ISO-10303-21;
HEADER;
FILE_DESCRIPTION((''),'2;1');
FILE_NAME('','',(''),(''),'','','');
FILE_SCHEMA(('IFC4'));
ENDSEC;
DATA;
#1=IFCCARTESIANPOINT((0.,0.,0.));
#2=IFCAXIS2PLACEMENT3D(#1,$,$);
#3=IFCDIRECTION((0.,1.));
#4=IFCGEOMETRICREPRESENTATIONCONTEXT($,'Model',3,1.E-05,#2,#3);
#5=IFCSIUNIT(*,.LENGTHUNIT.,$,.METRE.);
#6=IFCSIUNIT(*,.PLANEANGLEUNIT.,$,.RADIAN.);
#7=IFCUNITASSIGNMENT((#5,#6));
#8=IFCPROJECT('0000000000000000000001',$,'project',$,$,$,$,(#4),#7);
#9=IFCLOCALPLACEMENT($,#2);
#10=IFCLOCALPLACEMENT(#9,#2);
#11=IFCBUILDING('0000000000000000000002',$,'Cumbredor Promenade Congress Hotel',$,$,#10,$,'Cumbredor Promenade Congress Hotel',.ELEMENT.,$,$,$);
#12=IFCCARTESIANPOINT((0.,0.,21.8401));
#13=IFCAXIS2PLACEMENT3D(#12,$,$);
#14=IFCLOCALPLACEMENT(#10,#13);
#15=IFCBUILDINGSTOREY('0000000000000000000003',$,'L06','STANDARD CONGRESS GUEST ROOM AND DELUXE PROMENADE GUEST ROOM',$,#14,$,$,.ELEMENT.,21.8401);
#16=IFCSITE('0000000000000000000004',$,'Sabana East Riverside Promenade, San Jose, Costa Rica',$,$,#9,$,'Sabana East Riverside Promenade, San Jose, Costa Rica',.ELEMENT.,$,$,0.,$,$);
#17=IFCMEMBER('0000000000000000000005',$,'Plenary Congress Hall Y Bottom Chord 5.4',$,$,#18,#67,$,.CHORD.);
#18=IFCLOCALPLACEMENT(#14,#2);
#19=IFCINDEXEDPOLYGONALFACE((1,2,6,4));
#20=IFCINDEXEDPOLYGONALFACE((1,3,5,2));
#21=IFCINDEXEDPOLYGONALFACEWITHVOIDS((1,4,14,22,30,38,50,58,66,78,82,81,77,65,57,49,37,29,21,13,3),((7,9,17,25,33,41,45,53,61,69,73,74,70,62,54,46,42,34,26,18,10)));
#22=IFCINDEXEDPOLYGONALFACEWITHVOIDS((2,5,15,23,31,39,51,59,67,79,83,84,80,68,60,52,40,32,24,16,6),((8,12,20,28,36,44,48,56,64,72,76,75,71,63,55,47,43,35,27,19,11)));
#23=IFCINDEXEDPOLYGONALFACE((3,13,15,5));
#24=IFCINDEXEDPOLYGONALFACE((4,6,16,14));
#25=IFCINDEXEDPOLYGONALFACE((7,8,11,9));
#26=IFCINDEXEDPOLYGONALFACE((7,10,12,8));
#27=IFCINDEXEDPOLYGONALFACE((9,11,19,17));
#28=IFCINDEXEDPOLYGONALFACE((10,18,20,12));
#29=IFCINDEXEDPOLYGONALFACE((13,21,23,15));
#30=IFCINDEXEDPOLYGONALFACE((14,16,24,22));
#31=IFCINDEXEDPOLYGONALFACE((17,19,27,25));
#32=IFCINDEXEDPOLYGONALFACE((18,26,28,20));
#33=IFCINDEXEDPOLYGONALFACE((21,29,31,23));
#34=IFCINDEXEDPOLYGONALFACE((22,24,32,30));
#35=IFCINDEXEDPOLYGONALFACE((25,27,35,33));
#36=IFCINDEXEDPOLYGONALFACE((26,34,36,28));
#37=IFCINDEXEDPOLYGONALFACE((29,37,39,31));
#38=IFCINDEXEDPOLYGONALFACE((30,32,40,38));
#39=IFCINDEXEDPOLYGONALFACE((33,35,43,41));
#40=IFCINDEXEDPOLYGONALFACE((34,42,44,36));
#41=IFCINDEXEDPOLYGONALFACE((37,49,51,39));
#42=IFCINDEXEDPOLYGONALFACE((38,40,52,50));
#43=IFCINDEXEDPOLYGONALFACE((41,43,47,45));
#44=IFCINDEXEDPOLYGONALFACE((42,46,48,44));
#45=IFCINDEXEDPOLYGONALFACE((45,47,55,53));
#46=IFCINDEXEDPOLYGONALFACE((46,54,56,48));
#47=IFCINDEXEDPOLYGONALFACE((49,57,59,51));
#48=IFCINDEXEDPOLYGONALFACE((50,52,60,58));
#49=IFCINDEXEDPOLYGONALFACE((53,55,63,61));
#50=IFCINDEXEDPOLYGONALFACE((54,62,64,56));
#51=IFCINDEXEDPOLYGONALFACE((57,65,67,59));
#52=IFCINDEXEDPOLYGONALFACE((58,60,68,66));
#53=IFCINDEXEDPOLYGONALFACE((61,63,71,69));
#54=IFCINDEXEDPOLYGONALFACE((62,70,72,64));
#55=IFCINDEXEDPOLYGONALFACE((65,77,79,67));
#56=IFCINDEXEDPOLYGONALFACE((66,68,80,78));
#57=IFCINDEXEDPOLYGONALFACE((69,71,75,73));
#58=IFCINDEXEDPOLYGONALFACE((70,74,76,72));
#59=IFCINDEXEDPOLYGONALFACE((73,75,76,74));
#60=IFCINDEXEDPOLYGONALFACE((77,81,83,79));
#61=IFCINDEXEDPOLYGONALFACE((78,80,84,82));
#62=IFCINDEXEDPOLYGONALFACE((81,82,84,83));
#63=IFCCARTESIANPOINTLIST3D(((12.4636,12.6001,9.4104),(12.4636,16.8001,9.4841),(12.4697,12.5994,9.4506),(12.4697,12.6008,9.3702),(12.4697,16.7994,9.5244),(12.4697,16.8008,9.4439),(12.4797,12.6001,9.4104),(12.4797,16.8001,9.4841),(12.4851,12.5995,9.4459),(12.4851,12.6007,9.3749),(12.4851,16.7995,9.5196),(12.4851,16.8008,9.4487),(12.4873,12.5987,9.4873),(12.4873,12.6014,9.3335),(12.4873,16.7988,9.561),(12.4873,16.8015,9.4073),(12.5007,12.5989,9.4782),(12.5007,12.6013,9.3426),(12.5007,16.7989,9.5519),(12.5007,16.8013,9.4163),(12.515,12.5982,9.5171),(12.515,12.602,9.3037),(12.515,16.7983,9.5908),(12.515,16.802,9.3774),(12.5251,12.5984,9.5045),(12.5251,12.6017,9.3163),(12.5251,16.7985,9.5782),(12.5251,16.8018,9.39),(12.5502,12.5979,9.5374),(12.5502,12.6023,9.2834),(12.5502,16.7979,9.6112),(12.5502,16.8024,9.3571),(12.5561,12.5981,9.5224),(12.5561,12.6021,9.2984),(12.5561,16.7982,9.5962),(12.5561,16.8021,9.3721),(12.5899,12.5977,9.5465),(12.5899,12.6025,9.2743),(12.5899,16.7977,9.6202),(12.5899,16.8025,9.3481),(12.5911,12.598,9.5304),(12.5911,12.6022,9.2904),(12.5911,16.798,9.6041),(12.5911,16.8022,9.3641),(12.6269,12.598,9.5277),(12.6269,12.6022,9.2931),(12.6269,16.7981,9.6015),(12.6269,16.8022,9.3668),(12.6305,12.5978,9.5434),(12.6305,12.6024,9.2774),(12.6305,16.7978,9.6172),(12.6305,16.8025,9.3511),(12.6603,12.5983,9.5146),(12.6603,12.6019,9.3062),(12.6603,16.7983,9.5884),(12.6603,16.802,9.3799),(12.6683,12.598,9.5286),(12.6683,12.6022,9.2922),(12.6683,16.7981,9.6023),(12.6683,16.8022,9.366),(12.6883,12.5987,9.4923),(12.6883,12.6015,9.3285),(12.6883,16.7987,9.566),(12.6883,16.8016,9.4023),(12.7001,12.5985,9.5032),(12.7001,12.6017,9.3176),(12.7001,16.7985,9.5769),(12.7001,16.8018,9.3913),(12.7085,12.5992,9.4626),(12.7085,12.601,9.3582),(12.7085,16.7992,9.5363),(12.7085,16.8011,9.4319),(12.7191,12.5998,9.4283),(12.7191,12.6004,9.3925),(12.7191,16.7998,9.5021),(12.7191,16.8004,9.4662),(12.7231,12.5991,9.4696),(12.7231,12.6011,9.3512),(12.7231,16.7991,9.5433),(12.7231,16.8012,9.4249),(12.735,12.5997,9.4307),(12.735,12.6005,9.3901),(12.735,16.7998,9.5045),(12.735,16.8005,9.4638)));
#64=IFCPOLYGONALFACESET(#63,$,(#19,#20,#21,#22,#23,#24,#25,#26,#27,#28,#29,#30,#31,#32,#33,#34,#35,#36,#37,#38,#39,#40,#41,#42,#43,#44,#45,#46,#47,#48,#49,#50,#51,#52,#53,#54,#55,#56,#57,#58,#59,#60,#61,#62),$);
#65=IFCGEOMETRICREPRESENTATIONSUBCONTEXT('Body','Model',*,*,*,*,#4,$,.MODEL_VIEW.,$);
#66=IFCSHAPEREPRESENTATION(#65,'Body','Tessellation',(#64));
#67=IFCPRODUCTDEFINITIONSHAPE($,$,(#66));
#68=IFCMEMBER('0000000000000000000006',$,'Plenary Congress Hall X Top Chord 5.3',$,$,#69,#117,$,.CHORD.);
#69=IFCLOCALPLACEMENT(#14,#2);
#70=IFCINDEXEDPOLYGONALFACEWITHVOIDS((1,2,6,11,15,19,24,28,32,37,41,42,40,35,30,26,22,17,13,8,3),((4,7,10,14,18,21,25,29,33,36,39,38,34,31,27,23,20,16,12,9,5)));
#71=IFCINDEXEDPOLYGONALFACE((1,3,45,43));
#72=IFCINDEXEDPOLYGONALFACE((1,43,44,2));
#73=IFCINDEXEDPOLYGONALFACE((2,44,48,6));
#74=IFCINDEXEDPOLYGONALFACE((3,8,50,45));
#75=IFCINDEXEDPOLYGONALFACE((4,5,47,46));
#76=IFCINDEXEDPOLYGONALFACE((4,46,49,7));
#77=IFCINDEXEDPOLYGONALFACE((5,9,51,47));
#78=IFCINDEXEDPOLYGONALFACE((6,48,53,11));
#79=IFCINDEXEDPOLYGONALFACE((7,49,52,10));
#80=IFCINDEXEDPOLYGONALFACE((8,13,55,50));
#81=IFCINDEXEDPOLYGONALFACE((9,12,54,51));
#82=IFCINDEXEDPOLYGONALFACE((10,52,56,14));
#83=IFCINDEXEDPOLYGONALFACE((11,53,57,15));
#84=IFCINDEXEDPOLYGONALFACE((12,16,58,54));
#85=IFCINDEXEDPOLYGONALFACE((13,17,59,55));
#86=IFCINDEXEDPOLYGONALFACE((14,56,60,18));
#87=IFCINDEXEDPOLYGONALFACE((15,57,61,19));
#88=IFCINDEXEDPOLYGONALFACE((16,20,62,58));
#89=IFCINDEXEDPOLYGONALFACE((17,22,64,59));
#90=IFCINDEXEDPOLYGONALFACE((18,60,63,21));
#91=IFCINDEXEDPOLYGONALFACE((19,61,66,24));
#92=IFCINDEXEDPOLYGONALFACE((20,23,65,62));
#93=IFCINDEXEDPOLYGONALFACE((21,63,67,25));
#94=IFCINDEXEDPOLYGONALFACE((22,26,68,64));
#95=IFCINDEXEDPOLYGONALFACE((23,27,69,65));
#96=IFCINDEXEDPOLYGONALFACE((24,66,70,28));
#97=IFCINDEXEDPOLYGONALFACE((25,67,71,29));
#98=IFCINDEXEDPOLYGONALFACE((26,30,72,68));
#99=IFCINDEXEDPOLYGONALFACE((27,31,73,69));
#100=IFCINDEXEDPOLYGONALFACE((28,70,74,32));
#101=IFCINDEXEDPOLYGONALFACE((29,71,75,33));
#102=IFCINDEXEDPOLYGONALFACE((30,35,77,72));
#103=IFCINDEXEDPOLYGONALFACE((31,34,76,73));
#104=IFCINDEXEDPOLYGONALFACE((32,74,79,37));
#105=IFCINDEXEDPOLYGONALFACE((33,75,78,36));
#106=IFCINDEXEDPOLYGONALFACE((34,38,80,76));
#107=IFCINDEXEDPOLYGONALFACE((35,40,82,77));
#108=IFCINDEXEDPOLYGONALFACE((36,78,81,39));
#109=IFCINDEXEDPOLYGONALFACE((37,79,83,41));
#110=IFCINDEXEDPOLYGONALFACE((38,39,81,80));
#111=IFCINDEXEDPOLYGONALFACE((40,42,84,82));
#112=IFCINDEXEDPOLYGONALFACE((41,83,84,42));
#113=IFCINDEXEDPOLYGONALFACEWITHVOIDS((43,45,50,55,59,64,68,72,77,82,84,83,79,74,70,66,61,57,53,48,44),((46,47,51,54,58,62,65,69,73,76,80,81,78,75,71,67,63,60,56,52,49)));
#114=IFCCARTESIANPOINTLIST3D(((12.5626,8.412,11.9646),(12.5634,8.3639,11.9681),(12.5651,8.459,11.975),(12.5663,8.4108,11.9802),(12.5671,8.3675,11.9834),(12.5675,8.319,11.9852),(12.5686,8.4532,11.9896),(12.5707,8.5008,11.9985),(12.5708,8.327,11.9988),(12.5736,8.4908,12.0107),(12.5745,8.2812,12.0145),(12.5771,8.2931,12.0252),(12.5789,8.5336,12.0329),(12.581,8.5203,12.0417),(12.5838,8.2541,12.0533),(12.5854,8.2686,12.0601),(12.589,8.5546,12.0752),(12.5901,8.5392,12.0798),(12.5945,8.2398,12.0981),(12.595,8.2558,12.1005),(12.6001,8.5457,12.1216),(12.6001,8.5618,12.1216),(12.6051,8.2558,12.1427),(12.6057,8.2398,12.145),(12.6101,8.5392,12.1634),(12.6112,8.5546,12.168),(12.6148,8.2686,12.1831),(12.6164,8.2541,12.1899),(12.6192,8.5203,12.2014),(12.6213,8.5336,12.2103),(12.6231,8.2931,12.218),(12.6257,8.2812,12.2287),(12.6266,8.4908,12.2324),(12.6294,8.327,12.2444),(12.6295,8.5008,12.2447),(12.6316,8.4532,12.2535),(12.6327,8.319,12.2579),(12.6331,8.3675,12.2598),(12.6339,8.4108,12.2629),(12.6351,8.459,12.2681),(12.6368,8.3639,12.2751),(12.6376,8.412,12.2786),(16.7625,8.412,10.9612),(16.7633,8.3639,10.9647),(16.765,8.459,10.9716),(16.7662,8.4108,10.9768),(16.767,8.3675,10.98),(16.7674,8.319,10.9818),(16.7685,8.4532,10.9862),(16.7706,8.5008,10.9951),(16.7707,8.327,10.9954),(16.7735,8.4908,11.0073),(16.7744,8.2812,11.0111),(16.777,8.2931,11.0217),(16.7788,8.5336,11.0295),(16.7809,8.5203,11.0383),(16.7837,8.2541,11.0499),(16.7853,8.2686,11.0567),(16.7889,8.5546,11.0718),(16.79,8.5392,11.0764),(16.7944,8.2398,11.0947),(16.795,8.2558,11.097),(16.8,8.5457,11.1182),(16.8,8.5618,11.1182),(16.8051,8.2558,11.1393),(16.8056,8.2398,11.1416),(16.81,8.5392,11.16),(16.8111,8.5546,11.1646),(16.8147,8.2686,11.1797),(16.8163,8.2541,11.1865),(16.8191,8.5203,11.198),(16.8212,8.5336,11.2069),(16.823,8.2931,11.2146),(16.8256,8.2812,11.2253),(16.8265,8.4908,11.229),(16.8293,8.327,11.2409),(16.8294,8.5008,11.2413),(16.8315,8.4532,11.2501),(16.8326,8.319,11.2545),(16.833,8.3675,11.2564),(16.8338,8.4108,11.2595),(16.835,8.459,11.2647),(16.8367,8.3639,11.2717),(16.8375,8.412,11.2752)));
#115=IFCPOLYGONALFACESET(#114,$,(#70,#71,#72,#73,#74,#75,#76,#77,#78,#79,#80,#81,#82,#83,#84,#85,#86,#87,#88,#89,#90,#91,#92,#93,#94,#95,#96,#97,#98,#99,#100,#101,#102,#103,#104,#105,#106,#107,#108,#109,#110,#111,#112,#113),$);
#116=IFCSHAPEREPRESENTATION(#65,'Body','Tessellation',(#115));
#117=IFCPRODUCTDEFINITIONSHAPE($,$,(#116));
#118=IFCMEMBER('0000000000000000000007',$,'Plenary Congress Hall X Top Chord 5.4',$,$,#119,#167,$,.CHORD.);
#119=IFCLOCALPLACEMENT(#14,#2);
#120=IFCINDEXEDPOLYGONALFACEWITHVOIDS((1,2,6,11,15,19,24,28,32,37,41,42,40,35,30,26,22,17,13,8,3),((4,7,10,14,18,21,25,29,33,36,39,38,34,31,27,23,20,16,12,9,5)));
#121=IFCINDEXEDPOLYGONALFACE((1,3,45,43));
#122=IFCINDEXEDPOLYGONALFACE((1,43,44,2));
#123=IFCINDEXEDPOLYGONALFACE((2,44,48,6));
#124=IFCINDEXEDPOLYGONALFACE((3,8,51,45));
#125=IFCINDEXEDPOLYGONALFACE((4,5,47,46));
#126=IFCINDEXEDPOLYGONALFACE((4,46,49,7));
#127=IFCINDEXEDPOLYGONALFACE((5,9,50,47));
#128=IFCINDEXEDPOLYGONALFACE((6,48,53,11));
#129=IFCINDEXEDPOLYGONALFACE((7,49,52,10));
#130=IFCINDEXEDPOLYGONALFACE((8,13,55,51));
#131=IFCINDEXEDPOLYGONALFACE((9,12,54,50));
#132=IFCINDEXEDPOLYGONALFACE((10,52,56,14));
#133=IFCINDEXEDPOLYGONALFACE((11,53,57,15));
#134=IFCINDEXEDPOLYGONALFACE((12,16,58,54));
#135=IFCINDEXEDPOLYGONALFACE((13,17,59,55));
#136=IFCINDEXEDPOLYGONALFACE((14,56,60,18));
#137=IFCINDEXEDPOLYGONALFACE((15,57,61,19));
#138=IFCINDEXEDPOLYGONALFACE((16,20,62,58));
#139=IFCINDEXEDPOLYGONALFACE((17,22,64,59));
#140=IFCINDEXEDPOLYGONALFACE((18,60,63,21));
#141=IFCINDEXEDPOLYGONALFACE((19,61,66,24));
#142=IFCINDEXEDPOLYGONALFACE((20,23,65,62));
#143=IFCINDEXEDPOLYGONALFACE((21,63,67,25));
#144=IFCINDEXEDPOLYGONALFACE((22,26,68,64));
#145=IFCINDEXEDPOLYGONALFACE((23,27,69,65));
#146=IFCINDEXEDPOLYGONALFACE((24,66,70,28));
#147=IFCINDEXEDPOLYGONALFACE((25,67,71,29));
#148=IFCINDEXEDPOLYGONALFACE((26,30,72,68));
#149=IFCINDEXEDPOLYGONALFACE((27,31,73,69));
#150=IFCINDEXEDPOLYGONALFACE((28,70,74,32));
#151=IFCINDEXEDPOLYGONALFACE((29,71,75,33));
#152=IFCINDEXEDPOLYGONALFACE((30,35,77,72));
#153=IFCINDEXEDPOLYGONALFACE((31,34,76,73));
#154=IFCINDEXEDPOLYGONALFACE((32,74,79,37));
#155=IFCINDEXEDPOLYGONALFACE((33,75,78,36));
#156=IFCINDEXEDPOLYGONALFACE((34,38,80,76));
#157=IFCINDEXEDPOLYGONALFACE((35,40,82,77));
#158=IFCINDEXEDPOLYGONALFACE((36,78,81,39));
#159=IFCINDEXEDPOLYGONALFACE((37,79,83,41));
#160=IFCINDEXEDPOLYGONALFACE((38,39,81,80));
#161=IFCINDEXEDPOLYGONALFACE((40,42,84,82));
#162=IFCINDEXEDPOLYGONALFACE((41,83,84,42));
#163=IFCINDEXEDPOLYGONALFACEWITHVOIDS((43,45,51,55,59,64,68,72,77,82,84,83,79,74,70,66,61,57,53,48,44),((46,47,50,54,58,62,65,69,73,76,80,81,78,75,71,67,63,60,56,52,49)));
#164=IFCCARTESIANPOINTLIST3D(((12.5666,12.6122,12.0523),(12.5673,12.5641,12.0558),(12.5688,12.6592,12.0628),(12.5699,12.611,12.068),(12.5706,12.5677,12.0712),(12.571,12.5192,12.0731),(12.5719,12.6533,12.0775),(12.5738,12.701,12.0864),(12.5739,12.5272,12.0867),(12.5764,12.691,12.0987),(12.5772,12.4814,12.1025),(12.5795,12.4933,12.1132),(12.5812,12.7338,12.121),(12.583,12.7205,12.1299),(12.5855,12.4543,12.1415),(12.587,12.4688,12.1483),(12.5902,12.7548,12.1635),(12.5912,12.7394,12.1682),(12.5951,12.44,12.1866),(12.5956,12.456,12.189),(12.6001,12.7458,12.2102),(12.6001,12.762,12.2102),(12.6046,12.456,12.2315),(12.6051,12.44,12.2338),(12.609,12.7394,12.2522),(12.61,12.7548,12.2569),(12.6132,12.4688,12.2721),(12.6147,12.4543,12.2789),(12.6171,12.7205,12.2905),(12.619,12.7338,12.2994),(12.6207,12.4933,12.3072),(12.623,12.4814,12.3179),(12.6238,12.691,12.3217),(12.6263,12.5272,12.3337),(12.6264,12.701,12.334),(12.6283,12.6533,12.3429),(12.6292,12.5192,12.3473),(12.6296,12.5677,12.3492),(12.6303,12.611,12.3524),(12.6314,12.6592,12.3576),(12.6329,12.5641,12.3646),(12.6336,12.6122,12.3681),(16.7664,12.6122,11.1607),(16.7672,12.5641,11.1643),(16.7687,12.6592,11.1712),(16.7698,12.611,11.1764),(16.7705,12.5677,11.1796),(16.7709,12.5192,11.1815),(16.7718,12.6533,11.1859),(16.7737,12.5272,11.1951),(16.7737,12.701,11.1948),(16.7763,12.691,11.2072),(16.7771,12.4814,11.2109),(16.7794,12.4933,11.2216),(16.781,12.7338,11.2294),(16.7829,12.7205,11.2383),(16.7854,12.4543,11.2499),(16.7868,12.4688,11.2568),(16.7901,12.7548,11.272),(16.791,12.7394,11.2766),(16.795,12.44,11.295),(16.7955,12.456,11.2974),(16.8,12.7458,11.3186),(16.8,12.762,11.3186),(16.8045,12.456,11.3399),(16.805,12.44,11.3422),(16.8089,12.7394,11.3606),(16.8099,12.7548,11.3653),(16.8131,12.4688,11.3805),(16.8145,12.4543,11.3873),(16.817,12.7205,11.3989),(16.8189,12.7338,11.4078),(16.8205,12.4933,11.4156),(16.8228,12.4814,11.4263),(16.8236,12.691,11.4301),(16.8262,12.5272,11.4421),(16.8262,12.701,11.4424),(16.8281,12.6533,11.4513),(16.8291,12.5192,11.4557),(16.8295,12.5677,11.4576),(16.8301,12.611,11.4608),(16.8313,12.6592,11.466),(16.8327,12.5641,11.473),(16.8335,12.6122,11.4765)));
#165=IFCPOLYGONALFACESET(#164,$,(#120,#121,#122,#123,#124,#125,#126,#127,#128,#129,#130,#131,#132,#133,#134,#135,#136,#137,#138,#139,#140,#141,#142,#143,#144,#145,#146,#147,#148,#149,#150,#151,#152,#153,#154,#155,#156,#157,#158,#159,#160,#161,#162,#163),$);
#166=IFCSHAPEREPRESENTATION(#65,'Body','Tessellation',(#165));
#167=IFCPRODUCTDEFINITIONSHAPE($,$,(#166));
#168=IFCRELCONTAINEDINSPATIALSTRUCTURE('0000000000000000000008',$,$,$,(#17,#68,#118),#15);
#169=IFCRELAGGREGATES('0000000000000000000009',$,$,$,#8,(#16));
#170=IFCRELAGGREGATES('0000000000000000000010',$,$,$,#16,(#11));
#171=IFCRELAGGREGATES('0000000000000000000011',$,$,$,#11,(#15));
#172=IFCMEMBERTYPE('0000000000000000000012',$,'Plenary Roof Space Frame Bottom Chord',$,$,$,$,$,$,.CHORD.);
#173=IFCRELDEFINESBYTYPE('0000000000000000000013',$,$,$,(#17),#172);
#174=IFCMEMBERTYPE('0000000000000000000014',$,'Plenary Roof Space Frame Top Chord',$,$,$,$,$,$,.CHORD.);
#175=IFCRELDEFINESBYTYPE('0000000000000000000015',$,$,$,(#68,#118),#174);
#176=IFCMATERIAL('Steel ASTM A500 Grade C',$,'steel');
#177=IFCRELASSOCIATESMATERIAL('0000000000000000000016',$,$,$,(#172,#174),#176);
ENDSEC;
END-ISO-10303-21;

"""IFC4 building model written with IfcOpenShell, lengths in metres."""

from ifc_helpers import new_model, si_unit, direction, frame, origin, origin_2d, place, context, subcontext, project, spatial, hollow_circle, extrude, material, material_profile, profile_set, type_object, element, save


model = new_model("IFC4")

# Units and contexts
model_context = context("Model", 3, precision=1e-05, world=origin(), true_north=direction((0.0, 1.0)))
body_context = subcontext(model_context, "Body", "Model", "MODEL_VIEW")
ifc_project = project(units=[si_unit("LENGTHUNIT", "METRE"), si_unit("PLANEANGLEUNIT", "RADIAN")], contexts=[model_context])

# Site, building, storey
site_placement = place(None, origin())
site = spatial("IfcSite", under=ifc_project, at=site_placement, Name="Sabana East Riverside Promenade, San Jose, Costa Rica", LongName="Sabana East Riverside Promenade, San Jose, Costa Rica", CompositionType="ELEMENT", RefElevation=0.0)
building_placement = place(site_placement, origin())
building = spatial("IfcBuilding", under=site, at=building_placement, Name="Cumbredor Promenade Congress Hotel", LongName="Cumbredor Promenade Congress Hotel", CompositionType="ELEMENT")
storey_placement = place(building_placement, frame((0.0, 0.0, 21.8401)))
storey = spatial("IfcBuildingStorey", under=building, at=storey_placement, Name="L06", Description="STANDARD CONGRESS GUEST ROOM AND DELUXE PROMENADE GUEST ROOM", CompositionType="ELEMENT", Elevation=21.8401)

# Members
ifc_material_1 = material(Name="Steel ASTM A500 Grade C", Category="steel")
ifc_material_profile_1 = material_profile(ifc_material_1, hollow_circle(Radius=0.1365, WallThickness=0.0161, at=origin_2d()), Name="CHS 273.0x16")
ifc_profile_set_1 = profile_set([ifc_material_profile_1], Name="Steel ASTM A500 Grade C")
member_type_1 = type_object("IfcMemberType", Name="Plenary Roof Space Frame Bottom Chord", PredefinedType="CHORD", material=ifc_profile_set_1)
member_1_placement = place(storey_placement, frame((12.6001, 12.6001, 9.4104), z_axis=(0.0, 0.999846, 0.017552), x_axis=(-1.0, 0.0, 0.0)))
element("IfcMember", 1, at=member_1_placement, inside=storey, type_object=member_type_1, Name="Plenary Congress Hall Y Bottom Chord 5.4", PredefinedType="CHORD", context=body_context, shape_type="SweptSolid", body=[
    extrude(hollow_circle(Radius=0.1365, WallThickness=0.0161, at=origin_2d()), origin(), (0.0, 0.0, 1.0), 4.2007),
])
ifc_material_profile_2 = material_profile(ifc_material_1, hollow_circle(Radius=0.1619, WallThickness=0.0161, at=origin_2d()), Name="CHS 323.9x16")
ifc_profile_set_2 = profile_set([ifc_material_profile_2], Name="Steel ASTM A500 Grade C")
member_type_2 = type_object("IfcMemberType", Name="Plenary Roof Space Frame Top Chord", PredefinedType="CHORD", material=ifc_profile_set_2)
member_2_placement = place(storey_placement, frame((12.6001, 8.3999, 12.1216), z_axis=(0.972627, 0.0, -0.232372), x_axis=(0.0, 1.0, 0.0)))
element("IfcMember", 2, at=member_2_placement, inside=storey, type_object=member_type_2, Name="Plenary Congress Hall X Top Chord 5.3", PredefinedType="CHORD", context=body_context, shape_type="SweptSolid", body=[
    extrude(hollow_circle(Radius=0.1619, WallThickness=0.0161, at=origin_2d()), origin(), (0.0, 0.0, 1.0), 4.3181),
])
member_3_placement = place(storey_placement, frame((12.6001, 12.6001, 12.2102), z_axis=(0.978201, 0.0, -0.207661), x_axis=(0.0, 1.0, 0.0)))
element("IfcMember", 3, at=member_3_placement, inside=storey, type_object=member_type_2, Name="Plenary Congress Hall X Top Chord 5.4", PredefinedType="CHORD", context=body_context, shape_type="SweptSolid", body=[
    extrude(hollow_circle(Radius=0.1619, WallThickness=0.0161, at=origin_2d()), origin(), (0.0, 0.0, 1.0), 4.2935),
])

save(model, "model.ifc")
